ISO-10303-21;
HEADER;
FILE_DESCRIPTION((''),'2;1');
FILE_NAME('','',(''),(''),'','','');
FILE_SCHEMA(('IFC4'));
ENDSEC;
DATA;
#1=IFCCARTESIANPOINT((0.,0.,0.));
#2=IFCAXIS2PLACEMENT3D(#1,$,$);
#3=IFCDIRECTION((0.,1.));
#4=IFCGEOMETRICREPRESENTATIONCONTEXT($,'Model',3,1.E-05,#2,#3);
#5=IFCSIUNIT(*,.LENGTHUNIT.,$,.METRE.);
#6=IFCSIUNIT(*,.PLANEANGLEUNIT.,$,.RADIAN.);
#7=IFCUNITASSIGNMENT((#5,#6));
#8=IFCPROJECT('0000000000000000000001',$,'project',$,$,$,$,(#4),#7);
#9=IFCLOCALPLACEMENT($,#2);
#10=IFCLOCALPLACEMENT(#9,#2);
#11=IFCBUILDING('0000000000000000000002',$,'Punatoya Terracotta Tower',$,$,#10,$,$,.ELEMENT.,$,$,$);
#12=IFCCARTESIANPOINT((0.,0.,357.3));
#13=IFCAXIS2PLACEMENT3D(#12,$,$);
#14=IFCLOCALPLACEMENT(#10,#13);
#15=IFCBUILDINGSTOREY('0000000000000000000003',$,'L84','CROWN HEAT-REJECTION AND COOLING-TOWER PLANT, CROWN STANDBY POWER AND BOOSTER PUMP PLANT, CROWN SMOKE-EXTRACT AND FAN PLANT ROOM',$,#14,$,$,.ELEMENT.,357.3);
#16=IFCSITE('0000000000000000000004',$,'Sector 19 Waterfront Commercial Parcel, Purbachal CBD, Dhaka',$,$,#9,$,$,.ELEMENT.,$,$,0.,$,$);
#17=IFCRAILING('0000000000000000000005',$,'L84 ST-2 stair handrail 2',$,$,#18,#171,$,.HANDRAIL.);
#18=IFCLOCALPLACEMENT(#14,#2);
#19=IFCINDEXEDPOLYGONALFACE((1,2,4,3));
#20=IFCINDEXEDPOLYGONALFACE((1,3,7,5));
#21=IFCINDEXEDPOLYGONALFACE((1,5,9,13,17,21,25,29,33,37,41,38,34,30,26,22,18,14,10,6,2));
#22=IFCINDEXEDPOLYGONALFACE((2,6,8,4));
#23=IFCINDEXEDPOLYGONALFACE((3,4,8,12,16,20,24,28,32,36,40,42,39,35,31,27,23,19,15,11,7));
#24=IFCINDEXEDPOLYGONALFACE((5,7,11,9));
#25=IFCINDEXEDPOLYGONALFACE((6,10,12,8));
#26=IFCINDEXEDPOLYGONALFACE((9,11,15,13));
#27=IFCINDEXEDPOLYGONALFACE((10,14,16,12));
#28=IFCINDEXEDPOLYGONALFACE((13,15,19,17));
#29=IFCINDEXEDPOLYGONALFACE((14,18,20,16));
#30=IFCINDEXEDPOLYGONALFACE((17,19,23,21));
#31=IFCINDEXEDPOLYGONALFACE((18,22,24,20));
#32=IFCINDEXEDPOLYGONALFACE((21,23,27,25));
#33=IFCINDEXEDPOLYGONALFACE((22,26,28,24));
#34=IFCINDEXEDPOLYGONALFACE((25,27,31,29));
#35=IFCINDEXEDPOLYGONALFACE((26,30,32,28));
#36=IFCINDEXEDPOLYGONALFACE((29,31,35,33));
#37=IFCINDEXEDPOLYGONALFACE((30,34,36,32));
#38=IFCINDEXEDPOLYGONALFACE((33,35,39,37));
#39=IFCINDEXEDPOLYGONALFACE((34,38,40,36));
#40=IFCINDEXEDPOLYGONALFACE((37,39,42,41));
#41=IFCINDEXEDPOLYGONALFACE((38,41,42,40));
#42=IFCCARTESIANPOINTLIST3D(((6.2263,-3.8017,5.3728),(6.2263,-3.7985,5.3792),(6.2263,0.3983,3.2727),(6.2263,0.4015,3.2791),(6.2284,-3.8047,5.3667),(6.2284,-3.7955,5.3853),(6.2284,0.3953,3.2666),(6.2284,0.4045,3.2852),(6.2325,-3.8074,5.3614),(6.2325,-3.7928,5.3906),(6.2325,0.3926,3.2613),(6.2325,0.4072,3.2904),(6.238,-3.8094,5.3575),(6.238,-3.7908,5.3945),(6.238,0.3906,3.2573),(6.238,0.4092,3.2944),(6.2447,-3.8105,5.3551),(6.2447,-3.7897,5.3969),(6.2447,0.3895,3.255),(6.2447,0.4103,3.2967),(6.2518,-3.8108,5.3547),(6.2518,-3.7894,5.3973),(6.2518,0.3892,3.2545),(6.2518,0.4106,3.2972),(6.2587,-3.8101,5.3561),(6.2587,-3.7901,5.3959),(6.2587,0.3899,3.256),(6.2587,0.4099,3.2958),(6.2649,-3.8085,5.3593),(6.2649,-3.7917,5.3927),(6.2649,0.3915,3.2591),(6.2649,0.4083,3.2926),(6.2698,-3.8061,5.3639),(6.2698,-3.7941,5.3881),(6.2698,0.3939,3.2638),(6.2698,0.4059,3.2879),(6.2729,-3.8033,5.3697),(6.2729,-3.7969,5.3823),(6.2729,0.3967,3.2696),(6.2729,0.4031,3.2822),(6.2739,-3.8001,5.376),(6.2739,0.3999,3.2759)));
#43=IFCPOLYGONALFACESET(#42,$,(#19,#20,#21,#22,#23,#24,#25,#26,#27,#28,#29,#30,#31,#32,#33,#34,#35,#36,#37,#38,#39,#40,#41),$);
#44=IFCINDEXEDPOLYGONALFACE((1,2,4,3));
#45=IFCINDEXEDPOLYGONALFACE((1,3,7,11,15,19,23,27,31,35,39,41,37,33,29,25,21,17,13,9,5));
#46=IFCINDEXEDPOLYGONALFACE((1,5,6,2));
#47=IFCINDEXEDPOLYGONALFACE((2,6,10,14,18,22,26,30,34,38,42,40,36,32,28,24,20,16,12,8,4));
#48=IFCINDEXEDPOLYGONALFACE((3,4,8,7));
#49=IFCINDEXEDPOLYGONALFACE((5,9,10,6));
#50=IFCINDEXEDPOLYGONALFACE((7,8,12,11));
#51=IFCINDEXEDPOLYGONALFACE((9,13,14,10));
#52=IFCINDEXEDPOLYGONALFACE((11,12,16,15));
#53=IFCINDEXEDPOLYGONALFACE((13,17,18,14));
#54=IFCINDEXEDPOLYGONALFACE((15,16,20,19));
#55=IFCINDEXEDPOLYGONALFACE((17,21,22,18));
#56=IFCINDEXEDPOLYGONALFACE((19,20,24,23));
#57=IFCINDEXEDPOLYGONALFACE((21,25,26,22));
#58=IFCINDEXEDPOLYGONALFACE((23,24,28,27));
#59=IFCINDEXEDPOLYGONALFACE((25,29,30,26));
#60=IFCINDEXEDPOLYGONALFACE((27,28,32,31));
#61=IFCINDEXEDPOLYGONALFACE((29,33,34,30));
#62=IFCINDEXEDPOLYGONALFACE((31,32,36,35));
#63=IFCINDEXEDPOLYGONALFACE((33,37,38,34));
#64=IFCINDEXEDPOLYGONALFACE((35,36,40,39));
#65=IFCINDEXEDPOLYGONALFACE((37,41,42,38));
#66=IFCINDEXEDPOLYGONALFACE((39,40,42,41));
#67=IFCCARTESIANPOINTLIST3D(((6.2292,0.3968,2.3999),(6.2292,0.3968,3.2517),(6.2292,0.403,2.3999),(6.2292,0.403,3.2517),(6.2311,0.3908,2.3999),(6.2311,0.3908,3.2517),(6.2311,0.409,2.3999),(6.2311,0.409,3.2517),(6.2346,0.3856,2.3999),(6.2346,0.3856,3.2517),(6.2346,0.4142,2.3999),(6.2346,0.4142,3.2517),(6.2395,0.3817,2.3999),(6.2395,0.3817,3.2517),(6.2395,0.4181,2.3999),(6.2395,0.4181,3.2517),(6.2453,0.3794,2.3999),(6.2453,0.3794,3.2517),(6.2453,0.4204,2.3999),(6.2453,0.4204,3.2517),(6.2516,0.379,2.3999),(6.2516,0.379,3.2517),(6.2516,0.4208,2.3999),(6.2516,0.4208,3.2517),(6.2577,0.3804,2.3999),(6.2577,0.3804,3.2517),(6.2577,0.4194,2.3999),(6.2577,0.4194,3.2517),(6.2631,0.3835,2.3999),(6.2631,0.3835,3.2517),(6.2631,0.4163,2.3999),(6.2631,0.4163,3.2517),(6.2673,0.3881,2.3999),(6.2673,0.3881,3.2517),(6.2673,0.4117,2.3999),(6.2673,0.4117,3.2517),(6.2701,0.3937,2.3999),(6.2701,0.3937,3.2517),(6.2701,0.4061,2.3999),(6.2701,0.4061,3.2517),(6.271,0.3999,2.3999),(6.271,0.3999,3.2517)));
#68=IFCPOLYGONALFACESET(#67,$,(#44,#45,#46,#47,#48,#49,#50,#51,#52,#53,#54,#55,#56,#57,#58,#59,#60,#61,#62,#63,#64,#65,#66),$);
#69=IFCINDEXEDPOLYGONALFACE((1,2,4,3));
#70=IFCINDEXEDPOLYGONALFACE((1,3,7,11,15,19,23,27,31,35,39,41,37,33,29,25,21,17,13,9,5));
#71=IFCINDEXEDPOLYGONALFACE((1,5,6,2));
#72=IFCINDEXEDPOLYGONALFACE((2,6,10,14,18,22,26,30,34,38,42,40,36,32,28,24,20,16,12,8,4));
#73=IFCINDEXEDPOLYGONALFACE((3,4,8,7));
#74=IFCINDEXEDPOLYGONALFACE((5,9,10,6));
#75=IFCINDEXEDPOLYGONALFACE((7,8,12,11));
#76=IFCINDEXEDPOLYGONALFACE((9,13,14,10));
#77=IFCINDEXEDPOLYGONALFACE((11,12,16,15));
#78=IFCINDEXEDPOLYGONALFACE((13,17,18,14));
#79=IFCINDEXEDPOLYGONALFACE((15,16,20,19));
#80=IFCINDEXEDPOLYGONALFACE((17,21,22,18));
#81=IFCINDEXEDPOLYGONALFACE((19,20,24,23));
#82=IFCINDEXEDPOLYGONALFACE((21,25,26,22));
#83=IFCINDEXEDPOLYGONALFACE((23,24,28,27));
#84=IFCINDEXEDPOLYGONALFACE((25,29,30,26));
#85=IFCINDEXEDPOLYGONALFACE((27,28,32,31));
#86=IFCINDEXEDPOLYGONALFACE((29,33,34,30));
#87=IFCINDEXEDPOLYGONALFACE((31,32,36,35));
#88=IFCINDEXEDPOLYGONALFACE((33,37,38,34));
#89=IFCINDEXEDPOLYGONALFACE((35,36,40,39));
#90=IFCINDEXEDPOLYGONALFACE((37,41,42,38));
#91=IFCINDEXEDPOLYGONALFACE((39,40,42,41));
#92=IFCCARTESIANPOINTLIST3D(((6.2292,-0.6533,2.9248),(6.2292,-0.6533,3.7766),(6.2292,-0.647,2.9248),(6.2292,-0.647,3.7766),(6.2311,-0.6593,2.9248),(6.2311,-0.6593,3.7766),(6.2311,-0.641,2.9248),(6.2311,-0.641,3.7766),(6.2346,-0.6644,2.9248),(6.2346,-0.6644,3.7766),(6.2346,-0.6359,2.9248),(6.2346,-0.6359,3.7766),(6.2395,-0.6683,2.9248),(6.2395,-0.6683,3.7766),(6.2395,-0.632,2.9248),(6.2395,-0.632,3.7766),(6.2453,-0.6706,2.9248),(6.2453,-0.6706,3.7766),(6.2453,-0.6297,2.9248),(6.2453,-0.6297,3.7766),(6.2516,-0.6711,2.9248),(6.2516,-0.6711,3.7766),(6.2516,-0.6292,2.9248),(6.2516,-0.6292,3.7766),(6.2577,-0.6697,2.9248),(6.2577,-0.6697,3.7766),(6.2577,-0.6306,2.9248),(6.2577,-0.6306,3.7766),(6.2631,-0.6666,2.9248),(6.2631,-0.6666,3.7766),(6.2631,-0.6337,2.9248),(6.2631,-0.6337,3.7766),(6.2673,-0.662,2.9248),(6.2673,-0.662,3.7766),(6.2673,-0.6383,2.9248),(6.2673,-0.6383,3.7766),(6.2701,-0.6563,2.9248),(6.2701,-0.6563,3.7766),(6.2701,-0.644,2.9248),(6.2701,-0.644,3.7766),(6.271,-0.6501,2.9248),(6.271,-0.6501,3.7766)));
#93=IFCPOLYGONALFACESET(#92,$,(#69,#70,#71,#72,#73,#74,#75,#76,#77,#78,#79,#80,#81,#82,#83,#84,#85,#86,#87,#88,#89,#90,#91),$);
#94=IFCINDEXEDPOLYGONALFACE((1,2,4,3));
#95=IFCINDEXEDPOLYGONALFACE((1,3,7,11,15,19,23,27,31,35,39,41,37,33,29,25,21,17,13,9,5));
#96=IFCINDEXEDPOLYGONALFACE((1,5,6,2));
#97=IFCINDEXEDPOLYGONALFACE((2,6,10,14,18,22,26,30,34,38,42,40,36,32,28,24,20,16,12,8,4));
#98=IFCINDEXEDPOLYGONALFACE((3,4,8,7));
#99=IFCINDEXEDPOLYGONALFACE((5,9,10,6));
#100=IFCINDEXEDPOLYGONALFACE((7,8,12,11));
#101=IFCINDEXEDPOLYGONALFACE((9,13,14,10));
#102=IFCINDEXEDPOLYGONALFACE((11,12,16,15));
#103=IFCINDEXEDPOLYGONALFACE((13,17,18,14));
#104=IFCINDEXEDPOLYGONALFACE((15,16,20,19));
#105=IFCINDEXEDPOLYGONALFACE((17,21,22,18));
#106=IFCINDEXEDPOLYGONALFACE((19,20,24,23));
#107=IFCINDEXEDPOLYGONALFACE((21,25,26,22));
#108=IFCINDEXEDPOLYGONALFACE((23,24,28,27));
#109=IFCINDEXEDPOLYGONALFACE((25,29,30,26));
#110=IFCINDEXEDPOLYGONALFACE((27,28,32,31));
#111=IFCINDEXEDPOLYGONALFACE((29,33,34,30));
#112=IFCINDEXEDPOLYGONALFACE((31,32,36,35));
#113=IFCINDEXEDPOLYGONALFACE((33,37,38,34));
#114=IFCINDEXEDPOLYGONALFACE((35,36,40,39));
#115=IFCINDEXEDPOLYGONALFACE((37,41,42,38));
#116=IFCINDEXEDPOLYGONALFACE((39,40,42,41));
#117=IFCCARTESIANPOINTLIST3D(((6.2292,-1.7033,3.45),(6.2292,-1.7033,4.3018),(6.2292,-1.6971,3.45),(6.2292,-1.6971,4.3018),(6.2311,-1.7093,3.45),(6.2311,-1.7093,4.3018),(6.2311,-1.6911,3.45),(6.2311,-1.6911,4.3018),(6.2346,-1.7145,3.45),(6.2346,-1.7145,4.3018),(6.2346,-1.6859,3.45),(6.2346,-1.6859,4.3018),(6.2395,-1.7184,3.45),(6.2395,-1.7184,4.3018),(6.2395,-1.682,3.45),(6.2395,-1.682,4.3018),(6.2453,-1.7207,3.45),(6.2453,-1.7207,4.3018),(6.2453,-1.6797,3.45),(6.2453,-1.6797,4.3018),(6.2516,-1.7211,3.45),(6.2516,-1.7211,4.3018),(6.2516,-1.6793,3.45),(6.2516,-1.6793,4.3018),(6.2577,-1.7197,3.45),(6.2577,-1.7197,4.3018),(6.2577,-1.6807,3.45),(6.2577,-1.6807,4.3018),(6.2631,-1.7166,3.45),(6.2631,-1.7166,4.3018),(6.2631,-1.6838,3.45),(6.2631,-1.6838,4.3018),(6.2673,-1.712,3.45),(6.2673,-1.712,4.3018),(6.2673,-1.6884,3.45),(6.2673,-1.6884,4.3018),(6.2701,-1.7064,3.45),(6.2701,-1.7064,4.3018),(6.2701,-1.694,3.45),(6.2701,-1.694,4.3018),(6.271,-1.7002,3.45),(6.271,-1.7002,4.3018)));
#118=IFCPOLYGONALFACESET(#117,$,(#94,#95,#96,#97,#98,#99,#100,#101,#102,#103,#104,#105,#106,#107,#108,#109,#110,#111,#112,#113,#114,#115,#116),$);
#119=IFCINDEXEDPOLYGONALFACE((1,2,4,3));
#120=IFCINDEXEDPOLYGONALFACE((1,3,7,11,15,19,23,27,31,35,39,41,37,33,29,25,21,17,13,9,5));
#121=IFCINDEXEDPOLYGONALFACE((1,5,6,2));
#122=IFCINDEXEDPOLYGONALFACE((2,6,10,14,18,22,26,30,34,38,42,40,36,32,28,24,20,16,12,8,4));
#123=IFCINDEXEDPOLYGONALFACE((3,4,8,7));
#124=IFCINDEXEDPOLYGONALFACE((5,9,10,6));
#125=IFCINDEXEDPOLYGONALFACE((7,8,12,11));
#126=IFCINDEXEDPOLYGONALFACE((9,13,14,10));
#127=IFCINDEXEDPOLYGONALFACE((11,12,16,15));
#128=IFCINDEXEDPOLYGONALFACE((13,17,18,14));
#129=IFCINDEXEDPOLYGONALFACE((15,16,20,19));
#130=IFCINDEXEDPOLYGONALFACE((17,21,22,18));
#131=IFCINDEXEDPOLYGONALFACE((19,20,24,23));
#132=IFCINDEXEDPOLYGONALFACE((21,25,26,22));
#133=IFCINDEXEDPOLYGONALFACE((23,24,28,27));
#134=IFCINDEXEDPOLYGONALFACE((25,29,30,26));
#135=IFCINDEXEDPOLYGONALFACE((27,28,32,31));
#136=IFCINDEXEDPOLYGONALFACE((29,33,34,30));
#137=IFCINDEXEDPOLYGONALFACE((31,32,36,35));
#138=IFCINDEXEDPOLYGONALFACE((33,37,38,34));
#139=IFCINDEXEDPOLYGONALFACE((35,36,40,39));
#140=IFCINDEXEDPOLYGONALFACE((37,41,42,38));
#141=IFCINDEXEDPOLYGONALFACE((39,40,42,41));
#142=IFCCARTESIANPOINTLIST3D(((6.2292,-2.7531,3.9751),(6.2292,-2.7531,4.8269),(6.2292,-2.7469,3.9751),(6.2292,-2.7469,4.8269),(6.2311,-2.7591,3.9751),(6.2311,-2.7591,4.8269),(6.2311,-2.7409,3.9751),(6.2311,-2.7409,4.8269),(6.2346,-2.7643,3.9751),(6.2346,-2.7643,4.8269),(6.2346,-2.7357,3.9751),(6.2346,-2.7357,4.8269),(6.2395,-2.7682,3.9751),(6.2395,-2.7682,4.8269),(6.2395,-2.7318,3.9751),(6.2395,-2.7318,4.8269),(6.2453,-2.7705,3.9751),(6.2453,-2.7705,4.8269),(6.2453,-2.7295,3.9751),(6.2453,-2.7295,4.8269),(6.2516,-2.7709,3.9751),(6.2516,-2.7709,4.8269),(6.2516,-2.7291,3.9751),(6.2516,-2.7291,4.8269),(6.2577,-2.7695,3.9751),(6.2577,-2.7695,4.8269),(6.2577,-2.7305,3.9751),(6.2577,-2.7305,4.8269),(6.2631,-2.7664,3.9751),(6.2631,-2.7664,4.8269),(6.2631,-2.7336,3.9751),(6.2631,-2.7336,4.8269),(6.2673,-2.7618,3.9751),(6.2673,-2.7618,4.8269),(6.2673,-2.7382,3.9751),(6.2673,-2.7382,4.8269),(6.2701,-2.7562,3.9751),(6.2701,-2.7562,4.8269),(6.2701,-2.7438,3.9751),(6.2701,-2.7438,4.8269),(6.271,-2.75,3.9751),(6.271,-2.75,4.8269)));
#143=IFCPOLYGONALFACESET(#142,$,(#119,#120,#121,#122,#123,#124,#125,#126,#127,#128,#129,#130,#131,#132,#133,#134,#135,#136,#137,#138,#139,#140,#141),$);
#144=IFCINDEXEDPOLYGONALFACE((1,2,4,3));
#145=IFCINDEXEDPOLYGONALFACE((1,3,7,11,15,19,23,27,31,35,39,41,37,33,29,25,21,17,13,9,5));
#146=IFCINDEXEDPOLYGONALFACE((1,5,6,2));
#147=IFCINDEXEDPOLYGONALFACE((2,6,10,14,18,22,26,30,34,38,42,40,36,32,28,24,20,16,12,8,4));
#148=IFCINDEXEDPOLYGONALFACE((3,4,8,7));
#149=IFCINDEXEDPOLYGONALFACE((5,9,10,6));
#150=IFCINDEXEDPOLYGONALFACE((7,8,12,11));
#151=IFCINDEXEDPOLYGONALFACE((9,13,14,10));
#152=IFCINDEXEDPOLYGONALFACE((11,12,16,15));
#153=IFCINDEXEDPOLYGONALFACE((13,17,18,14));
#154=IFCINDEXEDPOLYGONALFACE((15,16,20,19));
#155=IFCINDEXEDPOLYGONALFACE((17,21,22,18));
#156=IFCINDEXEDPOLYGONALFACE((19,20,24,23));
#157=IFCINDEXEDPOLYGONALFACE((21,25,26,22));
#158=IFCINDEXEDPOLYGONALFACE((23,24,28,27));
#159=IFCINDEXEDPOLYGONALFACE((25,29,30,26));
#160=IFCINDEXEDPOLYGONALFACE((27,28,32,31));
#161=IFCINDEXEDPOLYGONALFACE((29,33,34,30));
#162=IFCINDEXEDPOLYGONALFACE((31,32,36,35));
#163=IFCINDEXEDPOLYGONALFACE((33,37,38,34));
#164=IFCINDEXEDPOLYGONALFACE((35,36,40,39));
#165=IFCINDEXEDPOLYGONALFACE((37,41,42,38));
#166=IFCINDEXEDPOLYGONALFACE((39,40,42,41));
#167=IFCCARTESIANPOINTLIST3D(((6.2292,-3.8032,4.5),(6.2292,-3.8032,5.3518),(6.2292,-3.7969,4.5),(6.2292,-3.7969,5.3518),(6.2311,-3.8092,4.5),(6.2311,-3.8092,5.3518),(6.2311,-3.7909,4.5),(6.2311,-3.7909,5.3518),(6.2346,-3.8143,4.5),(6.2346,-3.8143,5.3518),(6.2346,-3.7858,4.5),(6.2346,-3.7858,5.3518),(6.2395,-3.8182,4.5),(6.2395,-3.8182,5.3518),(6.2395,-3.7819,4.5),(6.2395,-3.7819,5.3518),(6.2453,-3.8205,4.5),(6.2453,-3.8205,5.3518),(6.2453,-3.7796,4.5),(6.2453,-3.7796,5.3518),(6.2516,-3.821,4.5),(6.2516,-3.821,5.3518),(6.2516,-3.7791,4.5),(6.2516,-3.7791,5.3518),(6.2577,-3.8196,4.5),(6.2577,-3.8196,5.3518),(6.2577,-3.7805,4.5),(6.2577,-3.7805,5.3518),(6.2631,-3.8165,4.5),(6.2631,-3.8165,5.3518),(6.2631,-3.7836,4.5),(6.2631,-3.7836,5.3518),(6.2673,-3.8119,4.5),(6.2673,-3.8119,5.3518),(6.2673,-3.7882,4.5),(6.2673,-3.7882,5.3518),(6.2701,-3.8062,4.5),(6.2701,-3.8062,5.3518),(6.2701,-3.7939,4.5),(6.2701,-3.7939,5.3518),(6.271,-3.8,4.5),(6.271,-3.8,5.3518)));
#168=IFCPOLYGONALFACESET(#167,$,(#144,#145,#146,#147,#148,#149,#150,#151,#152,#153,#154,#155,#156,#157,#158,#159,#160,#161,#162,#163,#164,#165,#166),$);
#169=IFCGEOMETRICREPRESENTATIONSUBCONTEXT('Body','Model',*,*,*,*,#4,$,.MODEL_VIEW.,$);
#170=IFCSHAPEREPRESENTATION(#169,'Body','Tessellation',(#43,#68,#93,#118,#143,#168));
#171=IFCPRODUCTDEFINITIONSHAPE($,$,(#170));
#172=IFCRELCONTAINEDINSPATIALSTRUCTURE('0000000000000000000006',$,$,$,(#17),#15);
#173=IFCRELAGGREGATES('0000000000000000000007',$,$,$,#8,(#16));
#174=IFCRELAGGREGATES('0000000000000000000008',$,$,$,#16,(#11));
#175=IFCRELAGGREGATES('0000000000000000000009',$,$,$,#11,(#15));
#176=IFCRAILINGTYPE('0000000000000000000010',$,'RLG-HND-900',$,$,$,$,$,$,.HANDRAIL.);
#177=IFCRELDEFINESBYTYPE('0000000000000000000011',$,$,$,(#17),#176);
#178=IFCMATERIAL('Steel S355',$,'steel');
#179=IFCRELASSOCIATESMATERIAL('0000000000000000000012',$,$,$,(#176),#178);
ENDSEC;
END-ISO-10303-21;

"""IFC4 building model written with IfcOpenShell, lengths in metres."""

from ifc_helpers import new_model, si_unit, direction, frame, origin, origin_2d, place, context, subcontext, project, spatial, circle, extrude, material, type_object, element, save


model = new_model("IFC4")

# Units and contexts
model_context = context("Model", 3, precision=1e-05, world=origin(), true_north=direction((0.0, 1.0)))
body_context = subcontext(model_context, "Body", "Model", "MODEL_VIEW")
ifc_project = project(units=[si_unit("LENGTHUNIT", "METRE"), si_unit("PLANEANGLEUNIT", "RADIAN")], contexts=[model_context])

# Site, building, storey
site_placement = place(None, origin())
site = spatial("IfcSite", under=ifc_project, at=site_placement, Name="Sector 19 Waterfront Commercial Parcel, Purbachal CBD, Dhaka", CompositionType="ELEMENT", RefElevation=0.0)
building_placement = place(site_placement, origin())
building = spatial("IfcBuilding", under=site, at=building_placement, Name="Punatoya Terracotta Tower", CompositionType="ELEMENT")
storey_placement = place(building_placement, frame((0.0, 0.0, 357.3)))
storey = spatial("IfcBuildingStorey", under=building, at=storey_placement, Name="L84", Description="CROWN HEAT-REJECTION AND COOLING-TOWER PLANT, CROWN STANDBY POWER AND BOOSTER PUMP PLANT, CROWN SMOKE-EXTRACT AND FAN PLANT ROOM", CompositionType="ELEMENT", Elevation=357.3)

# Shared definitions
ifc_material_1 = material(Name="Steel S355", Category="steel")

# Railing
railing_type_1 = type_object("IfcRailingType", Name="RLG-HND-900", PredefinedType="HANDRAIL", material=ifc_material_1)
railing_1_placement = place(storey_placement, frame((6.25, 0.3999, 2.3999)))
element("IfcRailing", 1, at=railing_1_placement, inside=storey, type_object=railing_type_1, Name="L84 ST-2 stair handrail 2", PredefinedType="HANDRAIL", context=body_context, shape_type="SweptSolid", body=[
    extrude(circle(Radius=0.0239, at=origin_2d()), frame((0.0, 0.0, 0.876), z_axis=(0.0, -0.894417, 0.447234), x_axis=(1.0, 0.0, 0.0)), (0.0, 0.0, 1.0), 4.6958),
    extrude(circle(Radius=0.021, at=origin_2d()), origin(), (0.0, 0.0, 1.0), 0.8518),
    extrude(circle(Radius=0.021, at=origin_2d()), frame((0.0, -1.05, 0.5249)), (0.0, 0.0, 1.0), 0.8518),
    extrude(circle(Radius=0.021, at=origin_2d()), frame((0.0, -2.1001, 1.05)), (0.0, 0.0, 1.0), 0.8518),
    extrude(circle(Radius=0.021, at=origin_2d()), frame((0.0, -3.1499, 1.5752)), (0.0, 0.0, 1.0), 0.8518),
    extrude(circle(Radius=0.021, at=origin_2d()), frame((0.0, -4.2, 2.1001)), (0.0, 0.0, 1.0), 0.8518),
])

save(model, "model.ifc")
